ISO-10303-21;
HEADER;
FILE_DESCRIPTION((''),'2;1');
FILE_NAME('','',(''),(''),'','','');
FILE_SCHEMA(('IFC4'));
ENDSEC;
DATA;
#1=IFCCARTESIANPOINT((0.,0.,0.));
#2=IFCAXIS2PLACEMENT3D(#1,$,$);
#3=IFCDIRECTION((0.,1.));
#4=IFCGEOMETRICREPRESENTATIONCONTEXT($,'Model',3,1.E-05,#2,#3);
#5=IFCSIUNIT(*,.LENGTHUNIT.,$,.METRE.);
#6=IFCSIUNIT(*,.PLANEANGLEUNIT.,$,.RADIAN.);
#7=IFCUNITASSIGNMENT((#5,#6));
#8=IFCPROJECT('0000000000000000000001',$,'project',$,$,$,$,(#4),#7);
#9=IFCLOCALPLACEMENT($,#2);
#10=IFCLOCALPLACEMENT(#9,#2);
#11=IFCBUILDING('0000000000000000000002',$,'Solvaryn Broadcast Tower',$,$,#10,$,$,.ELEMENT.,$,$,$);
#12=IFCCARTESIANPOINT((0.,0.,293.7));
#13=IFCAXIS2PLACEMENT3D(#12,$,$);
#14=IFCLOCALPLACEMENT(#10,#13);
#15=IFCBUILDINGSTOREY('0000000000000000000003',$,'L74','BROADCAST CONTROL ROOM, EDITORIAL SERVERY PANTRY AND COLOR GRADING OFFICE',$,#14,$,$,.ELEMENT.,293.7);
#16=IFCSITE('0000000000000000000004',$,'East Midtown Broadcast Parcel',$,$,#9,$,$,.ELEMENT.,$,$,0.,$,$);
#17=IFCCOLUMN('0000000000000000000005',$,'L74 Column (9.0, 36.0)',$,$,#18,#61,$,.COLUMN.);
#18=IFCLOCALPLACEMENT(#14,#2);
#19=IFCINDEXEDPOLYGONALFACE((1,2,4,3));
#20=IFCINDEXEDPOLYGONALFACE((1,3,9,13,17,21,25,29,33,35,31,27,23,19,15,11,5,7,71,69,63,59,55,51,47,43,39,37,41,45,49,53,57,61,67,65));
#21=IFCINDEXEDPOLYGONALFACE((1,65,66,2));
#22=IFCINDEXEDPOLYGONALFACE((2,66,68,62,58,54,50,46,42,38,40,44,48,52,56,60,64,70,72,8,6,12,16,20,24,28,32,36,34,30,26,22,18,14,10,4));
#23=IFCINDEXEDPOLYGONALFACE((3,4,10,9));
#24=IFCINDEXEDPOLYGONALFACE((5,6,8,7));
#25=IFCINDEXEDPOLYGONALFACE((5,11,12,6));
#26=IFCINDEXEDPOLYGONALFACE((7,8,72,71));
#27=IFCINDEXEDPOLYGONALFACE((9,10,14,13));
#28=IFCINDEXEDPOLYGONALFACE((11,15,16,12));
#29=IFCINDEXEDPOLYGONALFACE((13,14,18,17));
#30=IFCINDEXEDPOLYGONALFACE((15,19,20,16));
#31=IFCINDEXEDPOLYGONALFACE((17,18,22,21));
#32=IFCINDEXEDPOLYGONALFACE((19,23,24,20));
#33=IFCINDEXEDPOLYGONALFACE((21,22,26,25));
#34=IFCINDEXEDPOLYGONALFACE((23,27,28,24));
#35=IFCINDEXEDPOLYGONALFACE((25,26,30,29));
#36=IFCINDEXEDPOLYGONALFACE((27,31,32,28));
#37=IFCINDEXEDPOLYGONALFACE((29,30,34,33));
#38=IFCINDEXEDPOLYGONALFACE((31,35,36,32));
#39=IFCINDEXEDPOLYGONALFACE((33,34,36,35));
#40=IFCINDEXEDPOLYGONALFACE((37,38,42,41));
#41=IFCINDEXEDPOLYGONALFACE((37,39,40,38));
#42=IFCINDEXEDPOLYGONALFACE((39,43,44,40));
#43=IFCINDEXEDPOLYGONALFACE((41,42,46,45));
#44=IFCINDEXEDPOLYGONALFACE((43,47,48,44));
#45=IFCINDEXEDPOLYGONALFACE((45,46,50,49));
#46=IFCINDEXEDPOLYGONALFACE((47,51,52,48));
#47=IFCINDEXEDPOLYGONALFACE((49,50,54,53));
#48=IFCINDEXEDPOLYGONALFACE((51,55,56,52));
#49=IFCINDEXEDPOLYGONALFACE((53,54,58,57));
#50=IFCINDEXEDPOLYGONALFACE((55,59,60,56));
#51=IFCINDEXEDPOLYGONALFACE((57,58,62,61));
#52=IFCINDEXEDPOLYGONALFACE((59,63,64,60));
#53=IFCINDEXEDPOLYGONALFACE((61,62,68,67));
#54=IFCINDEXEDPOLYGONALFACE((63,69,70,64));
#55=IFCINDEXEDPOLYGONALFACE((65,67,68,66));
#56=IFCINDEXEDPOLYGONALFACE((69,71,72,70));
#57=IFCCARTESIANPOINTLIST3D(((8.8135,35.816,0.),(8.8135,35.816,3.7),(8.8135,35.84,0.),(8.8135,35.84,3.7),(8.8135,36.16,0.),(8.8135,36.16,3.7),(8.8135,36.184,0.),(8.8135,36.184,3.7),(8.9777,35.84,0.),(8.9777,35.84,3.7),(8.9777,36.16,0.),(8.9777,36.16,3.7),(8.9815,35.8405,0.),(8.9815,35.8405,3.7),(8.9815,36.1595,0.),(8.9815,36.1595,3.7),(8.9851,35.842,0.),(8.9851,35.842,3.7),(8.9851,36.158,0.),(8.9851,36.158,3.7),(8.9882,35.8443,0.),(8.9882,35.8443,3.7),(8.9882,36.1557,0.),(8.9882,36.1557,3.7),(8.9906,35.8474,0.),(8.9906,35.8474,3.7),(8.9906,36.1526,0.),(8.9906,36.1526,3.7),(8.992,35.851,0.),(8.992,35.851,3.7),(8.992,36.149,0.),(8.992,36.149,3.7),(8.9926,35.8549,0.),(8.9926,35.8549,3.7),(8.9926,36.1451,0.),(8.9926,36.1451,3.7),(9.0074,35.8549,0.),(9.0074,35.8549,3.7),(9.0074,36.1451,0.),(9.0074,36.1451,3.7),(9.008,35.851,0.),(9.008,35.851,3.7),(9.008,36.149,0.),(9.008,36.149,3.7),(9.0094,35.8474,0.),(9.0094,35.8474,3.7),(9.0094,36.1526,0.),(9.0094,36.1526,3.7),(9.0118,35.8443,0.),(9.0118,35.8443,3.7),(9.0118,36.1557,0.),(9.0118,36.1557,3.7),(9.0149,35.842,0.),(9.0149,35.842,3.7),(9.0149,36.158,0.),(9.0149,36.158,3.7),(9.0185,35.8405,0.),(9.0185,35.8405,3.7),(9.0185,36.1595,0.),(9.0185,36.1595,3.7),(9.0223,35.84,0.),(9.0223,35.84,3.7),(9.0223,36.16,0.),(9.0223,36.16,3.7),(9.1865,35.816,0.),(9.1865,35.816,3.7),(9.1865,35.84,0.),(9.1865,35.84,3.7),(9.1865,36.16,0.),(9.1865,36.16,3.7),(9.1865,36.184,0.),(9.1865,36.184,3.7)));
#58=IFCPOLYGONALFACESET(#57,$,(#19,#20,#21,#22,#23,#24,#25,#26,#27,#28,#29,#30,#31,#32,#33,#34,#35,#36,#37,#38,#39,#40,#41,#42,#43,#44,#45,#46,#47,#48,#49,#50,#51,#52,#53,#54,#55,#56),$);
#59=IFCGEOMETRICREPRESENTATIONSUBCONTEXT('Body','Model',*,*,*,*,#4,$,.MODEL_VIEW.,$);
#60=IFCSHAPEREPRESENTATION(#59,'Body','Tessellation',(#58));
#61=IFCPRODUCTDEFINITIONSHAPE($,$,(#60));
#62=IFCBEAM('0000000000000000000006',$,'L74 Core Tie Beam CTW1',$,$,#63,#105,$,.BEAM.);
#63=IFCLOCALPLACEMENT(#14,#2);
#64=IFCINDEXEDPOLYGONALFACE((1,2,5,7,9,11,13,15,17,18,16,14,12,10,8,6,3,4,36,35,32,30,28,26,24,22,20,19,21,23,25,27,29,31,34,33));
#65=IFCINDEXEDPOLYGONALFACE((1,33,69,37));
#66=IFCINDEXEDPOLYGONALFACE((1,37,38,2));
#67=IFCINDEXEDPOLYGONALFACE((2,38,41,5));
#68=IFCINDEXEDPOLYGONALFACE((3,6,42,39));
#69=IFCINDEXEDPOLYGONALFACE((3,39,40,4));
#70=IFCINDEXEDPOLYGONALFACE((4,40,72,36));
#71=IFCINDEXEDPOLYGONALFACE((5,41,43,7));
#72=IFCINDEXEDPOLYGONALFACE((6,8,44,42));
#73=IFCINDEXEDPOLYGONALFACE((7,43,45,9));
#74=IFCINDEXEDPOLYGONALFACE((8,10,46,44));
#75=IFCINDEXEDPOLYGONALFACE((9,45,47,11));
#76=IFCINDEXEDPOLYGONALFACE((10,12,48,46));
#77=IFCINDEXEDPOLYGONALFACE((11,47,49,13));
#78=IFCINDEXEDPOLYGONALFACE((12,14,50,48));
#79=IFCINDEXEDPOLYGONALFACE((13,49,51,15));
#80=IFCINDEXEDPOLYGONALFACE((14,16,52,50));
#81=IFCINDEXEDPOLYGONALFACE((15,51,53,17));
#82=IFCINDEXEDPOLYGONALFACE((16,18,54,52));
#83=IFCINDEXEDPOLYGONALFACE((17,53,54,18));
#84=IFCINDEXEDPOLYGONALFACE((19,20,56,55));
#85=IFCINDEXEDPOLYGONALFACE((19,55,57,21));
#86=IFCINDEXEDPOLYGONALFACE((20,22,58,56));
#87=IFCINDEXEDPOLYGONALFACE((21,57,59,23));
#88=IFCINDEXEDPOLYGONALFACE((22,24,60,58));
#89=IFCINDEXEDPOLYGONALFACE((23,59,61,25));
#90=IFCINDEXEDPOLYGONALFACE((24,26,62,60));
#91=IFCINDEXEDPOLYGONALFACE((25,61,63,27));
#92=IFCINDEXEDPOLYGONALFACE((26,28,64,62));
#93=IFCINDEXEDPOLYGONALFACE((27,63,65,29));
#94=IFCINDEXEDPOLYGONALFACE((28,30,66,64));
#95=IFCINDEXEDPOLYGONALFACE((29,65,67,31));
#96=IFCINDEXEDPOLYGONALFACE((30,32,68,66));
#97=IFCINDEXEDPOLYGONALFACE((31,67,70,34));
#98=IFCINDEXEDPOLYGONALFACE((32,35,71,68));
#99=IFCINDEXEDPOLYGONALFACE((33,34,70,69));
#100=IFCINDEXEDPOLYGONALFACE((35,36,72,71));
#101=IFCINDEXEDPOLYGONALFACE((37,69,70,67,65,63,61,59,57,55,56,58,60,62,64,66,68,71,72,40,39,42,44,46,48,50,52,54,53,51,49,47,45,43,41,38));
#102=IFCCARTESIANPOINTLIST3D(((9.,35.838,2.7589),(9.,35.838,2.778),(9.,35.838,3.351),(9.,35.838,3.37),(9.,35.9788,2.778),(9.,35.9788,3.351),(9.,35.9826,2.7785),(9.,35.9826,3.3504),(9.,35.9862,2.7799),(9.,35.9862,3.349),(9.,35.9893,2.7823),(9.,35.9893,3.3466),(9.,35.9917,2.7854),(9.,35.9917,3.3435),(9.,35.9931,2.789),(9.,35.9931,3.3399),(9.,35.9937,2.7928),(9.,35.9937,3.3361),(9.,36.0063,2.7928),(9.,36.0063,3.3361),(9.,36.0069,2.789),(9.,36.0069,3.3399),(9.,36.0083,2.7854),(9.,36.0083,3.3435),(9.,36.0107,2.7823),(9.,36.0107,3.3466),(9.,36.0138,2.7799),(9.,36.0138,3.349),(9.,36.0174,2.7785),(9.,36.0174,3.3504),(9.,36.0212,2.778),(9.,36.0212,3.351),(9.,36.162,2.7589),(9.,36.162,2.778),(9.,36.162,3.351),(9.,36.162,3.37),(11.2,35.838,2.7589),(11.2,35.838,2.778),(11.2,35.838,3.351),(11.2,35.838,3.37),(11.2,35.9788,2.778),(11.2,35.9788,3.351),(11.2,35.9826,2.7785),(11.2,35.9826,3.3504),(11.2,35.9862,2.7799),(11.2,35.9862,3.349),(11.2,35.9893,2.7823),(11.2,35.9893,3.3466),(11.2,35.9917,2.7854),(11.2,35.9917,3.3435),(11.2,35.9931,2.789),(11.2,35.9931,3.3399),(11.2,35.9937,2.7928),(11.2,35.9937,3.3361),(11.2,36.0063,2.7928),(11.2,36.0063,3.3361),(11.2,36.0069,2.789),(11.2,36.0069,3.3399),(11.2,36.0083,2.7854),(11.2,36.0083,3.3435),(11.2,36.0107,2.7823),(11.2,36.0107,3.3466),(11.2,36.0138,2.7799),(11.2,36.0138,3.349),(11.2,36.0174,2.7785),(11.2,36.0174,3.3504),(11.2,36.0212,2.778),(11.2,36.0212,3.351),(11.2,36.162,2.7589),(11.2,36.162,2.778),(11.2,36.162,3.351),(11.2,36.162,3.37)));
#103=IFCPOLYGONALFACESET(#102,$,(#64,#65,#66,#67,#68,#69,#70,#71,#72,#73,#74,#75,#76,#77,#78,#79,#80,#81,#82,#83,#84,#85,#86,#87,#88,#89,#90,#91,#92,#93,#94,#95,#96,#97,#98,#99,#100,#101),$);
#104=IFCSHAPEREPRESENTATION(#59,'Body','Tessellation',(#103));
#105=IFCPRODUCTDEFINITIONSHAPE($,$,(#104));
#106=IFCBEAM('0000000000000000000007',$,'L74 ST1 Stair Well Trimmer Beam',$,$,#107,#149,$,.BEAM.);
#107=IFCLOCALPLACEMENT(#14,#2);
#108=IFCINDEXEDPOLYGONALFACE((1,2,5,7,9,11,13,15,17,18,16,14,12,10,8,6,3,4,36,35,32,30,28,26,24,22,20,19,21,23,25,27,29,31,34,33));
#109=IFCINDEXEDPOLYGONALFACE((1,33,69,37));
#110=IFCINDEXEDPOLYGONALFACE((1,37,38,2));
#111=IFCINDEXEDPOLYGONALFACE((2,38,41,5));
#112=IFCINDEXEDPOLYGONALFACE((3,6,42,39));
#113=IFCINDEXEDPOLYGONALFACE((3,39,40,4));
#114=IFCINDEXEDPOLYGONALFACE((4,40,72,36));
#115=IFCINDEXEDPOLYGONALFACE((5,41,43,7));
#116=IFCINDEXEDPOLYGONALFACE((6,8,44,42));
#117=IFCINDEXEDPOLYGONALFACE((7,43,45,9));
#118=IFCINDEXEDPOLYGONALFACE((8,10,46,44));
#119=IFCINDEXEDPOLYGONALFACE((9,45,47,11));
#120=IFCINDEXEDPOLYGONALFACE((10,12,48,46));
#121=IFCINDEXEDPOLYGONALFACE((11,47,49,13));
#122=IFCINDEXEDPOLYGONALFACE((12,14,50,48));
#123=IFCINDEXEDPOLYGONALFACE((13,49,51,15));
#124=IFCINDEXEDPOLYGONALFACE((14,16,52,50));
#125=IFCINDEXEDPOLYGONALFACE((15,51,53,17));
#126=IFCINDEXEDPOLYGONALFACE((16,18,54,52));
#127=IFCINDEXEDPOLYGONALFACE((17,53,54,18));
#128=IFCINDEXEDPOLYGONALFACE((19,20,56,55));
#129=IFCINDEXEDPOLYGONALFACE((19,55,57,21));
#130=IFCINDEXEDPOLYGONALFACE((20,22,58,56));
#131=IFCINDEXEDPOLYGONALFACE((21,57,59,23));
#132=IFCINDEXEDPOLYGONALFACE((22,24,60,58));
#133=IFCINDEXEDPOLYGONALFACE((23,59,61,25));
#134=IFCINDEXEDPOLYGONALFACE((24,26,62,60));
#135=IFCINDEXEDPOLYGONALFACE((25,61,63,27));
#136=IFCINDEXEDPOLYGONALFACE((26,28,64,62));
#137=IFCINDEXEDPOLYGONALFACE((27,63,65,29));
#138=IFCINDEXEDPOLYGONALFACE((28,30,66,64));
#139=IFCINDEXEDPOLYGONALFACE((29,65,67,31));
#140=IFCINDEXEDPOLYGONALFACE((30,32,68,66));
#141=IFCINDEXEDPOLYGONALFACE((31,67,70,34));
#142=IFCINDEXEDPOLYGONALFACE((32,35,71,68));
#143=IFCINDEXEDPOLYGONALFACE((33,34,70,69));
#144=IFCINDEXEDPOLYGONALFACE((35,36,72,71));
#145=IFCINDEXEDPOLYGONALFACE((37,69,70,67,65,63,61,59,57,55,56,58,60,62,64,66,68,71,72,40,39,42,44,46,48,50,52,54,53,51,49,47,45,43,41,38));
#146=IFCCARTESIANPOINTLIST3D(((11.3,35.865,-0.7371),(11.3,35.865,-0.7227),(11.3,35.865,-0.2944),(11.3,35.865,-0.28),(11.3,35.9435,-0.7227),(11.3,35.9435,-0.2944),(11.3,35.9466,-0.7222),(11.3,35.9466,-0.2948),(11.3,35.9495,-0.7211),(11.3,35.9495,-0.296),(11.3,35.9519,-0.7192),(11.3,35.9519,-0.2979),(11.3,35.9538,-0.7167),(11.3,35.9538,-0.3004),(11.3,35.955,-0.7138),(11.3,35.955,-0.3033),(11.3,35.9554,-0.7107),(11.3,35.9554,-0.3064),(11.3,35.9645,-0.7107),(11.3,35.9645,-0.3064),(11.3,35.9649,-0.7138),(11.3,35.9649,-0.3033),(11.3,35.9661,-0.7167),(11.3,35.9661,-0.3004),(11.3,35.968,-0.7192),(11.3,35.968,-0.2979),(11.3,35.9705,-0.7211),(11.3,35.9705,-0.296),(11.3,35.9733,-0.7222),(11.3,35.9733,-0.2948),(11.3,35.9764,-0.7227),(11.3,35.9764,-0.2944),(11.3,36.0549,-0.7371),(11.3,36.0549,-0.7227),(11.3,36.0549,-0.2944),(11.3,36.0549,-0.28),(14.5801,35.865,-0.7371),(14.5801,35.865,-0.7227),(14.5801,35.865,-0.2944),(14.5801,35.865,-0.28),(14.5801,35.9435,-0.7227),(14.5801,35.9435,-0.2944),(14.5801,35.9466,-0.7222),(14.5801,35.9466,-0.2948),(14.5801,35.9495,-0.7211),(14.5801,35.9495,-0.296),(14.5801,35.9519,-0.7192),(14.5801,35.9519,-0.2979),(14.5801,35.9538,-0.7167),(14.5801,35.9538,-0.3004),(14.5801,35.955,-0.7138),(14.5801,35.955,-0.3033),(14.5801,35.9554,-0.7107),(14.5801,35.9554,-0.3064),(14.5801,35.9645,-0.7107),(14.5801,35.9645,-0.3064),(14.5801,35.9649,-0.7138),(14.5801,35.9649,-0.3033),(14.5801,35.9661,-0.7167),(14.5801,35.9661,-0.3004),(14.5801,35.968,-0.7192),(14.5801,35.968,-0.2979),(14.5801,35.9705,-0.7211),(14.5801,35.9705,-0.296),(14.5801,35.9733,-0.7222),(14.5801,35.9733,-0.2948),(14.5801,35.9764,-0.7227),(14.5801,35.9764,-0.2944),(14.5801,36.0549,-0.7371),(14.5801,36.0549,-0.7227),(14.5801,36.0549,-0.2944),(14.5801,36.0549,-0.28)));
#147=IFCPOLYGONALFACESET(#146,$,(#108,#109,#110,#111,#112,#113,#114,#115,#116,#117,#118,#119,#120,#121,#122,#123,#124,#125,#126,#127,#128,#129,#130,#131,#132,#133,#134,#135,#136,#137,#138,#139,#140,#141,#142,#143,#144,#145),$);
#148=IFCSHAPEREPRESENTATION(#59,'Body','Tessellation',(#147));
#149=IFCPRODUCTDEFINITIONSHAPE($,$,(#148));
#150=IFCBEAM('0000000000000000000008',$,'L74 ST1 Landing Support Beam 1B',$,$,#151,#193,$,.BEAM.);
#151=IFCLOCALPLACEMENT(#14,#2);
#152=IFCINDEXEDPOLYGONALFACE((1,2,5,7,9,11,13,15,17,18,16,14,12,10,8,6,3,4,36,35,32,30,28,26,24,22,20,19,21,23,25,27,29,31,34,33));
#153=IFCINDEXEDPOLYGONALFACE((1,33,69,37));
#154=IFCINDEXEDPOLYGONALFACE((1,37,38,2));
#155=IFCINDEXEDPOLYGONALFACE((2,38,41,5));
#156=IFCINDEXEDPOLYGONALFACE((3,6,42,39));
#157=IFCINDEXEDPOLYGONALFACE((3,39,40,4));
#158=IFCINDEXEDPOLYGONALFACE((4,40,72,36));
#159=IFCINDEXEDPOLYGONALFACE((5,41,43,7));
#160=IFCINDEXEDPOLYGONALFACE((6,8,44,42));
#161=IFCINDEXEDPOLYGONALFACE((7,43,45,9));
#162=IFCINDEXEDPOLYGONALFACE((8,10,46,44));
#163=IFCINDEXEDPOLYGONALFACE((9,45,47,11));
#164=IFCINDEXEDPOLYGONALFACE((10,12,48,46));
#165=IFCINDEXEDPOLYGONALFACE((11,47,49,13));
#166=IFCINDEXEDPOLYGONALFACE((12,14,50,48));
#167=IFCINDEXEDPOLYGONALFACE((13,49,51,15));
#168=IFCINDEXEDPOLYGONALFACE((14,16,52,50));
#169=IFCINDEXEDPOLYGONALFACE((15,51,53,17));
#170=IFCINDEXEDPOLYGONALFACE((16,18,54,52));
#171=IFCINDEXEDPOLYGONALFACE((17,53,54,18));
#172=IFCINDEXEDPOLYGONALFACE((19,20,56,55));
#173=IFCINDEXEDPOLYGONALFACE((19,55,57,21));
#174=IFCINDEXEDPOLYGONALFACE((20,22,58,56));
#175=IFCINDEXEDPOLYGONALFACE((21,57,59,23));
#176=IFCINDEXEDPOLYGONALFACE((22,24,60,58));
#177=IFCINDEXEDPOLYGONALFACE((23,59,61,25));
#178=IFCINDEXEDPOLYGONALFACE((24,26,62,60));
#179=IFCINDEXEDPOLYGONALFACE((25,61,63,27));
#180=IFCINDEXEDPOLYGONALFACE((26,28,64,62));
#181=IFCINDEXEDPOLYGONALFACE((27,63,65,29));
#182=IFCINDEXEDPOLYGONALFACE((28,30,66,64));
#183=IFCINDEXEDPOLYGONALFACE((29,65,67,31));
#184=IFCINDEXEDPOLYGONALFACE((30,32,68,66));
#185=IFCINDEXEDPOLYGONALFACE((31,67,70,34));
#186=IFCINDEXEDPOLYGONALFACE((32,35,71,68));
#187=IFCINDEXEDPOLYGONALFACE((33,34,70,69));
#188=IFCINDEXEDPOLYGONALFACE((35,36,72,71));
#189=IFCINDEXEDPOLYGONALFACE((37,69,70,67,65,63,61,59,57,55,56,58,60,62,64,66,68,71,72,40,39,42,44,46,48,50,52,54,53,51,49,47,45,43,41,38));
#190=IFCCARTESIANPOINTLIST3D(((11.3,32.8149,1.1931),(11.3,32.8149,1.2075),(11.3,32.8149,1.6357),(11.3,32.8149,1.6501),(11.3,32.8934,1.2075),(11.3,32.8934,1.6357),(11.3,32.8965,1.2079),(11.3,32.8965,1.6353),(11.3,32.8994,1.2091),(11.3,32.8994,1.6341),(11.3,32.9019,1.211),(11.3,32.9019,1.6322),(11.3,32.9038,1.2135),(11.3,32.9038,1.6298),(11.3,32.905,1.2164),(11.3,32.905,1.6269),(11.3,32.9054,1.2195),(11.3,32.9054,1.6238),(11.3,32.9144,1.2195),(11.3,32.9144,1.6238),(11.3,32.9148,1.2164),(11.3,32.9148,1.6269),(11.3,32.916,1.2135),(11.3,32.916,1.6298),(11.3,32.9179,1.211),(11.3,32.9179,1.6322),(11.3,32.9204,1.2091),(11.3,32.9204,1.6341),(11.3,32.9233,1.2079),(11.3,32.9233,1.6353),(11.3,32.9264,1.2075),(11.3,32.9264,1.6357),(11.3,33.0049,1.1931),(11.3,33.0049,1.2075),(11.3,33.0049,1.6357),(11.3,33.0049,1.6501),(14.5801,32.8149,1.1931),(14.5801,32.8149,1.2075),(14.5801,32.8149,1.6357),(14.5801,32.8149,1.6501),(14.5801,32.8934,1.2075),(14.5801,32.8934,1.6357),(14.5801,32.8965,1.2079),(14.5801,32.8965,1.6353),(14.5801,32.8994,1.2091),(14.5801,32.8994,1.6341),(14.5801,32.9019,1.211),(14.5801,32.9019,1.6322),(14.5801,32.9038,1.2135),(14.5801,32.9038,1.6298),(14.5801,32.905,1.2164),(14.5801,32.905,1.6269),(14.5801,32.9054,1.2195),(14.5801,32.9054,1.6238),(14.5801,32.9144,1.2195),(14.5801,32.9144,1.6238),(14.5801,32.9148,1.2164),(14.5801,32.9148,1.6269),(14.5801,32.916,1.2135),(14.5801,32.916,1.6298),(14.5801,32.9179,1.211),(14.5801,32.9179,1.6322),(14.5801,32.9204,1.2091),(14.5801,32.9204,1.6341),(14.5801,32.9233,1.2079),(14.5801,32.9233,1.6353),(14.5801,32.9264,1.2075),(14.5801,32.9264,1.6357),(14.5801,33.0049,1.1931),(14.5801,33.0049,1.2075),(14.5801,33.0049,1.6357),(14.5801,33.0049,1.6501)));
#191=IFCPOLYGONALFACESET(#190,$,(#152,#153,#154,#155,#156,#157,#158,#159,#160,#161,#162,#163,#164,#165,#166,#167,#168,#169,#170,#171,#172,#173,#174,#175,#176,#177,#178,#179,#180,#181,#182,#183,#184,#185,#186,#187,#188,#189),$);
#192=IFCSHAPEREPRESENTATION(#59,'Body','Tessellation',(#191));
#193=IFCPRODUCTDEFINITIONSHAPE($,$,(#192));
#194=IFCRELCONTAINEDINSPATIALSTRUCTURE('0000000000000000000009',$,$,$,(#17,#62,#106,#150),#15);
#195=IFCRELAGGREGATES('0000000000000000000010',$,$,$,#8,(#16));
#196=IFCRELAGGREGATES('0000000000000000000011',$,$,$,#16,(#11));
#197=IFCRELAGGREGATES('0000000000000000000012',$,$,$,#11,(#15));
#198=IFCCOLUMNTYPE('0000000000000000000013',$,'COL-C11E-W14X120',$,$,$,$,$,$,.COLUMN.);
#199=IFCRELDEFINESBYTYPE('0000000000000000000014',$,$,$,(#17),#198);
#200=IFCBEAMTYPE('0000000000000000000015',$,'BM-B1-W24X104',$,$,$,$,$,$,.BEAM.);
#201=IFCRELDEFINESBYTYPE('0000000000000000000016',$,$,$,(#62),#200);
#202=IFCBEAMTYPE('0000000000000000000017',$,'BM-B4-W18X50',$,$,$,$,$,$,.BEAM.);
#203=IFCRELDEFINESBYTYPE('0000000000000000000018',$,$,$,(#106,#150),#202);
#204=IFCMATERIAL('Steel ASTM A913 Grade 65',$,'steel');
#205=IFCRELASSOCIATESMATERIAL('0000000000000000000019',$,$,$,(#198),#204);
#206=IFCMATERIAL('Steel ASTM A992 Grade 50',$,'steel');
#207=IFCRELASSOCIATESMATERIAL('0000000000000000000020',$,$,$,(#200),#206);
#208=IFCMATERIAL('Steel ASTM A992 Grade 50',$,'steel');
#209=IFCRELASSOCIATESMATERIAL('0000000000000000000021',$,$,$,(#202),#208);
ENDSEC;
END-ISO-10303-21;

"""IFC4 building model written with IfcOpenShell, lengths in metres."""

from ifc_helpers import new_model, si_unit, direction, frame, origin, origin_2d, place, context, subcontext, project, spatial, i_section, extrude, material, material_profile, profile_set, type_object, element, save


model = new_model("IFC4")

# Units and contexts
model_context = context("Model", 3, precision=1e-05, world=origin(), true_north=direction((0.0, 1.0)))
body_context = subcontext(model_context, "Body", "Model", "MODEL_VIEW")
ifc_project = project(units=[si_unit("LENGTHUNIT", "METRE"), si_unit("PLANEANGLEUNIT", "RADIAN")], contexts=[model_context])

# Site, building, storey
site_placement = place(None, origin())
site = spatial("IfcSite", under=ifc_project, at=site_placement, Name="East Midtown Broadcast Parcel", CompositionType="ELEMENT", RefElevation=0.0)
building_placement = place(site_placement, origin())
building = spatial("IfcBuilding", under=site, at=building_placement, Name="Solvaryn Broadcast Tower", CompositionType="ELEMENT")
storey_placement = place(building_placement, frame((0.0, 0.0, 293.7)))
storey = spatial("IfcBuildingStorey", under=building, at=storey_placement, Name="L74", Description="BROADCAST CONTROL ROOM, EDITORIAL SERVERY PANTRY AND COLOR GRADING OFFICE", CompositionType="ELEMENT", Elevation=293.7)

# Column
ifc_material_1 = material(Name="Steel ASTM A913 Grade 65", Category="steel")
ifc_material_profile_1 = material_profile(ifc_material_1, i_section(OverallWidth=0.373, OverallDepth=0.3679, WebThickness=0.0149, FlangeThickness=0.0239, FilletRadius=0.0149, at=origin_2d()))
ifc_profile_set_1 = profile_set([ifc_material_profile_1], Name="Steel ASTM A913 Grade 65")
column_type = type_object("IfcColumnType", Name="COL-C11E-W14X120", PredefinedType="COLUMN", material=ifc_profile_set_1)
column_placement = place(storey_placement, frame((9.0, 36.0, 0.0), z_axis=(0.0, 0.0, 1.0), x_axis=(1.0, 0.0, 0.0)))
element("IfcColumn", 1, at=column_placement, inside=storey, type_object=column_type, Name="L74 Column (9.0, 36.0)", PredefinedType="COLUMN", context=body_context, shape_type="SweptSolid", body=[
    extrude(i_section(OverallWidth=0.373, OverallDepth=0.3679, WebThickness=0.0149, FlangeThickness=0.0239, FilletRadius=0.0149, at=origin_2d()), origin(), (0.0, 0.0, 1.0), 3.7),
])

# Beams
ifc_material_2 = material(Name="Steel ASTM A992 Grade 50", Category="steel")
ifc_material_profile_2 = material_profile(ifc_material_2, i_section(OverallWidth=0.324, OverallDepth=0.6111, WebThickness=0.0127, FlangeThickness=0.019, FilletRadius=0.0149, at=origin_2d()))
ifc_profile_set_2 = profile_set([ifc_material_profile_2], Name="Steel ASTM A992 Grade 50")
beam_type_1 = type_object("IfcBeamType", Name="BM-B1-W24X104", PredefinedType="BEAM", material=ifc_profile_set_2)
beam_1_placement = place(storey_placement, frame((9.0, 36.0, 3.0645), z_axis=(1.0, 0.0, 0.0), x_axis=(0.0, 1.0, 0.0)))
element("IfcBeam", 2, at=beam_1_placement, inside=storey, type_object=beam_type_1, Name="L74 Core Tie Beam CTW1", PredefinedType="BEAM", context=body_context, shape_type="SweptSolid", body=[
    extrude(i_section(OverallWidth=0.324, OverallDepth=0.6111, WebThickness=0.0127, FlangeThickness=0.019, FilletRadius=0.0149, at=origin_2d()), origin(), (0.0, 0.0, 1.0), 2.2),
])
ifc_material_3 = material(Name="Steel ASTM A992 Grade 50", Category="steel")
ifc_material_profile_3 = material_profile(ifc_material_3, i_section(OverallWidth=0.1899, OverallDepth=0.457, WebThickness=0.009, FlangeThickness=0.0144, FilletRadius=0.012, at=origin_2d()))
ifc_profile_set_3 = profile_set([ifc_material_profile_3], Name="Steel ASTM A992 Grade 50")
beam_type_2 = type_object("IfcBeamType", Name="BM-B4-W18X50", PredefinedType="BEAM", material=ifc_profile_set_3)
for number, where, z_axis, x_axis, name in (
    (3, (11.3, 35.96, -0.5085), (1.0, 0.0, 0.0), (0.0, 1.0, 0.0), "L74 ST1 Stair Well Trimmer Beam"),
    (4, (11.3, 32.9099, 1.4216), (1.0, 0.0, 0.0), (0.0, 1.0, 0.0), "L74 ST1 Landing Support Beam 1B"),
):
    element("IfcBeam", number, at=place(storey_placement, frame(where, z_axis=z_axis, x_axis=x_axis)), inside=storey, type_object=beam_type_2, Name=name, PredefinedType="BEAM", context=body_context, shape_type="SweptSolid", body=[
        extrude(i_section(OverallWidth=0.1899, OverallDepth=0.457, WebThickness=0.009, FlangeThickness=0.0144, FilletRadius=0.012, at=origin_2d()), origin(), (0.0, 0.0, 1.0), 3.28),
    ])

save(model, "model.ifc")
